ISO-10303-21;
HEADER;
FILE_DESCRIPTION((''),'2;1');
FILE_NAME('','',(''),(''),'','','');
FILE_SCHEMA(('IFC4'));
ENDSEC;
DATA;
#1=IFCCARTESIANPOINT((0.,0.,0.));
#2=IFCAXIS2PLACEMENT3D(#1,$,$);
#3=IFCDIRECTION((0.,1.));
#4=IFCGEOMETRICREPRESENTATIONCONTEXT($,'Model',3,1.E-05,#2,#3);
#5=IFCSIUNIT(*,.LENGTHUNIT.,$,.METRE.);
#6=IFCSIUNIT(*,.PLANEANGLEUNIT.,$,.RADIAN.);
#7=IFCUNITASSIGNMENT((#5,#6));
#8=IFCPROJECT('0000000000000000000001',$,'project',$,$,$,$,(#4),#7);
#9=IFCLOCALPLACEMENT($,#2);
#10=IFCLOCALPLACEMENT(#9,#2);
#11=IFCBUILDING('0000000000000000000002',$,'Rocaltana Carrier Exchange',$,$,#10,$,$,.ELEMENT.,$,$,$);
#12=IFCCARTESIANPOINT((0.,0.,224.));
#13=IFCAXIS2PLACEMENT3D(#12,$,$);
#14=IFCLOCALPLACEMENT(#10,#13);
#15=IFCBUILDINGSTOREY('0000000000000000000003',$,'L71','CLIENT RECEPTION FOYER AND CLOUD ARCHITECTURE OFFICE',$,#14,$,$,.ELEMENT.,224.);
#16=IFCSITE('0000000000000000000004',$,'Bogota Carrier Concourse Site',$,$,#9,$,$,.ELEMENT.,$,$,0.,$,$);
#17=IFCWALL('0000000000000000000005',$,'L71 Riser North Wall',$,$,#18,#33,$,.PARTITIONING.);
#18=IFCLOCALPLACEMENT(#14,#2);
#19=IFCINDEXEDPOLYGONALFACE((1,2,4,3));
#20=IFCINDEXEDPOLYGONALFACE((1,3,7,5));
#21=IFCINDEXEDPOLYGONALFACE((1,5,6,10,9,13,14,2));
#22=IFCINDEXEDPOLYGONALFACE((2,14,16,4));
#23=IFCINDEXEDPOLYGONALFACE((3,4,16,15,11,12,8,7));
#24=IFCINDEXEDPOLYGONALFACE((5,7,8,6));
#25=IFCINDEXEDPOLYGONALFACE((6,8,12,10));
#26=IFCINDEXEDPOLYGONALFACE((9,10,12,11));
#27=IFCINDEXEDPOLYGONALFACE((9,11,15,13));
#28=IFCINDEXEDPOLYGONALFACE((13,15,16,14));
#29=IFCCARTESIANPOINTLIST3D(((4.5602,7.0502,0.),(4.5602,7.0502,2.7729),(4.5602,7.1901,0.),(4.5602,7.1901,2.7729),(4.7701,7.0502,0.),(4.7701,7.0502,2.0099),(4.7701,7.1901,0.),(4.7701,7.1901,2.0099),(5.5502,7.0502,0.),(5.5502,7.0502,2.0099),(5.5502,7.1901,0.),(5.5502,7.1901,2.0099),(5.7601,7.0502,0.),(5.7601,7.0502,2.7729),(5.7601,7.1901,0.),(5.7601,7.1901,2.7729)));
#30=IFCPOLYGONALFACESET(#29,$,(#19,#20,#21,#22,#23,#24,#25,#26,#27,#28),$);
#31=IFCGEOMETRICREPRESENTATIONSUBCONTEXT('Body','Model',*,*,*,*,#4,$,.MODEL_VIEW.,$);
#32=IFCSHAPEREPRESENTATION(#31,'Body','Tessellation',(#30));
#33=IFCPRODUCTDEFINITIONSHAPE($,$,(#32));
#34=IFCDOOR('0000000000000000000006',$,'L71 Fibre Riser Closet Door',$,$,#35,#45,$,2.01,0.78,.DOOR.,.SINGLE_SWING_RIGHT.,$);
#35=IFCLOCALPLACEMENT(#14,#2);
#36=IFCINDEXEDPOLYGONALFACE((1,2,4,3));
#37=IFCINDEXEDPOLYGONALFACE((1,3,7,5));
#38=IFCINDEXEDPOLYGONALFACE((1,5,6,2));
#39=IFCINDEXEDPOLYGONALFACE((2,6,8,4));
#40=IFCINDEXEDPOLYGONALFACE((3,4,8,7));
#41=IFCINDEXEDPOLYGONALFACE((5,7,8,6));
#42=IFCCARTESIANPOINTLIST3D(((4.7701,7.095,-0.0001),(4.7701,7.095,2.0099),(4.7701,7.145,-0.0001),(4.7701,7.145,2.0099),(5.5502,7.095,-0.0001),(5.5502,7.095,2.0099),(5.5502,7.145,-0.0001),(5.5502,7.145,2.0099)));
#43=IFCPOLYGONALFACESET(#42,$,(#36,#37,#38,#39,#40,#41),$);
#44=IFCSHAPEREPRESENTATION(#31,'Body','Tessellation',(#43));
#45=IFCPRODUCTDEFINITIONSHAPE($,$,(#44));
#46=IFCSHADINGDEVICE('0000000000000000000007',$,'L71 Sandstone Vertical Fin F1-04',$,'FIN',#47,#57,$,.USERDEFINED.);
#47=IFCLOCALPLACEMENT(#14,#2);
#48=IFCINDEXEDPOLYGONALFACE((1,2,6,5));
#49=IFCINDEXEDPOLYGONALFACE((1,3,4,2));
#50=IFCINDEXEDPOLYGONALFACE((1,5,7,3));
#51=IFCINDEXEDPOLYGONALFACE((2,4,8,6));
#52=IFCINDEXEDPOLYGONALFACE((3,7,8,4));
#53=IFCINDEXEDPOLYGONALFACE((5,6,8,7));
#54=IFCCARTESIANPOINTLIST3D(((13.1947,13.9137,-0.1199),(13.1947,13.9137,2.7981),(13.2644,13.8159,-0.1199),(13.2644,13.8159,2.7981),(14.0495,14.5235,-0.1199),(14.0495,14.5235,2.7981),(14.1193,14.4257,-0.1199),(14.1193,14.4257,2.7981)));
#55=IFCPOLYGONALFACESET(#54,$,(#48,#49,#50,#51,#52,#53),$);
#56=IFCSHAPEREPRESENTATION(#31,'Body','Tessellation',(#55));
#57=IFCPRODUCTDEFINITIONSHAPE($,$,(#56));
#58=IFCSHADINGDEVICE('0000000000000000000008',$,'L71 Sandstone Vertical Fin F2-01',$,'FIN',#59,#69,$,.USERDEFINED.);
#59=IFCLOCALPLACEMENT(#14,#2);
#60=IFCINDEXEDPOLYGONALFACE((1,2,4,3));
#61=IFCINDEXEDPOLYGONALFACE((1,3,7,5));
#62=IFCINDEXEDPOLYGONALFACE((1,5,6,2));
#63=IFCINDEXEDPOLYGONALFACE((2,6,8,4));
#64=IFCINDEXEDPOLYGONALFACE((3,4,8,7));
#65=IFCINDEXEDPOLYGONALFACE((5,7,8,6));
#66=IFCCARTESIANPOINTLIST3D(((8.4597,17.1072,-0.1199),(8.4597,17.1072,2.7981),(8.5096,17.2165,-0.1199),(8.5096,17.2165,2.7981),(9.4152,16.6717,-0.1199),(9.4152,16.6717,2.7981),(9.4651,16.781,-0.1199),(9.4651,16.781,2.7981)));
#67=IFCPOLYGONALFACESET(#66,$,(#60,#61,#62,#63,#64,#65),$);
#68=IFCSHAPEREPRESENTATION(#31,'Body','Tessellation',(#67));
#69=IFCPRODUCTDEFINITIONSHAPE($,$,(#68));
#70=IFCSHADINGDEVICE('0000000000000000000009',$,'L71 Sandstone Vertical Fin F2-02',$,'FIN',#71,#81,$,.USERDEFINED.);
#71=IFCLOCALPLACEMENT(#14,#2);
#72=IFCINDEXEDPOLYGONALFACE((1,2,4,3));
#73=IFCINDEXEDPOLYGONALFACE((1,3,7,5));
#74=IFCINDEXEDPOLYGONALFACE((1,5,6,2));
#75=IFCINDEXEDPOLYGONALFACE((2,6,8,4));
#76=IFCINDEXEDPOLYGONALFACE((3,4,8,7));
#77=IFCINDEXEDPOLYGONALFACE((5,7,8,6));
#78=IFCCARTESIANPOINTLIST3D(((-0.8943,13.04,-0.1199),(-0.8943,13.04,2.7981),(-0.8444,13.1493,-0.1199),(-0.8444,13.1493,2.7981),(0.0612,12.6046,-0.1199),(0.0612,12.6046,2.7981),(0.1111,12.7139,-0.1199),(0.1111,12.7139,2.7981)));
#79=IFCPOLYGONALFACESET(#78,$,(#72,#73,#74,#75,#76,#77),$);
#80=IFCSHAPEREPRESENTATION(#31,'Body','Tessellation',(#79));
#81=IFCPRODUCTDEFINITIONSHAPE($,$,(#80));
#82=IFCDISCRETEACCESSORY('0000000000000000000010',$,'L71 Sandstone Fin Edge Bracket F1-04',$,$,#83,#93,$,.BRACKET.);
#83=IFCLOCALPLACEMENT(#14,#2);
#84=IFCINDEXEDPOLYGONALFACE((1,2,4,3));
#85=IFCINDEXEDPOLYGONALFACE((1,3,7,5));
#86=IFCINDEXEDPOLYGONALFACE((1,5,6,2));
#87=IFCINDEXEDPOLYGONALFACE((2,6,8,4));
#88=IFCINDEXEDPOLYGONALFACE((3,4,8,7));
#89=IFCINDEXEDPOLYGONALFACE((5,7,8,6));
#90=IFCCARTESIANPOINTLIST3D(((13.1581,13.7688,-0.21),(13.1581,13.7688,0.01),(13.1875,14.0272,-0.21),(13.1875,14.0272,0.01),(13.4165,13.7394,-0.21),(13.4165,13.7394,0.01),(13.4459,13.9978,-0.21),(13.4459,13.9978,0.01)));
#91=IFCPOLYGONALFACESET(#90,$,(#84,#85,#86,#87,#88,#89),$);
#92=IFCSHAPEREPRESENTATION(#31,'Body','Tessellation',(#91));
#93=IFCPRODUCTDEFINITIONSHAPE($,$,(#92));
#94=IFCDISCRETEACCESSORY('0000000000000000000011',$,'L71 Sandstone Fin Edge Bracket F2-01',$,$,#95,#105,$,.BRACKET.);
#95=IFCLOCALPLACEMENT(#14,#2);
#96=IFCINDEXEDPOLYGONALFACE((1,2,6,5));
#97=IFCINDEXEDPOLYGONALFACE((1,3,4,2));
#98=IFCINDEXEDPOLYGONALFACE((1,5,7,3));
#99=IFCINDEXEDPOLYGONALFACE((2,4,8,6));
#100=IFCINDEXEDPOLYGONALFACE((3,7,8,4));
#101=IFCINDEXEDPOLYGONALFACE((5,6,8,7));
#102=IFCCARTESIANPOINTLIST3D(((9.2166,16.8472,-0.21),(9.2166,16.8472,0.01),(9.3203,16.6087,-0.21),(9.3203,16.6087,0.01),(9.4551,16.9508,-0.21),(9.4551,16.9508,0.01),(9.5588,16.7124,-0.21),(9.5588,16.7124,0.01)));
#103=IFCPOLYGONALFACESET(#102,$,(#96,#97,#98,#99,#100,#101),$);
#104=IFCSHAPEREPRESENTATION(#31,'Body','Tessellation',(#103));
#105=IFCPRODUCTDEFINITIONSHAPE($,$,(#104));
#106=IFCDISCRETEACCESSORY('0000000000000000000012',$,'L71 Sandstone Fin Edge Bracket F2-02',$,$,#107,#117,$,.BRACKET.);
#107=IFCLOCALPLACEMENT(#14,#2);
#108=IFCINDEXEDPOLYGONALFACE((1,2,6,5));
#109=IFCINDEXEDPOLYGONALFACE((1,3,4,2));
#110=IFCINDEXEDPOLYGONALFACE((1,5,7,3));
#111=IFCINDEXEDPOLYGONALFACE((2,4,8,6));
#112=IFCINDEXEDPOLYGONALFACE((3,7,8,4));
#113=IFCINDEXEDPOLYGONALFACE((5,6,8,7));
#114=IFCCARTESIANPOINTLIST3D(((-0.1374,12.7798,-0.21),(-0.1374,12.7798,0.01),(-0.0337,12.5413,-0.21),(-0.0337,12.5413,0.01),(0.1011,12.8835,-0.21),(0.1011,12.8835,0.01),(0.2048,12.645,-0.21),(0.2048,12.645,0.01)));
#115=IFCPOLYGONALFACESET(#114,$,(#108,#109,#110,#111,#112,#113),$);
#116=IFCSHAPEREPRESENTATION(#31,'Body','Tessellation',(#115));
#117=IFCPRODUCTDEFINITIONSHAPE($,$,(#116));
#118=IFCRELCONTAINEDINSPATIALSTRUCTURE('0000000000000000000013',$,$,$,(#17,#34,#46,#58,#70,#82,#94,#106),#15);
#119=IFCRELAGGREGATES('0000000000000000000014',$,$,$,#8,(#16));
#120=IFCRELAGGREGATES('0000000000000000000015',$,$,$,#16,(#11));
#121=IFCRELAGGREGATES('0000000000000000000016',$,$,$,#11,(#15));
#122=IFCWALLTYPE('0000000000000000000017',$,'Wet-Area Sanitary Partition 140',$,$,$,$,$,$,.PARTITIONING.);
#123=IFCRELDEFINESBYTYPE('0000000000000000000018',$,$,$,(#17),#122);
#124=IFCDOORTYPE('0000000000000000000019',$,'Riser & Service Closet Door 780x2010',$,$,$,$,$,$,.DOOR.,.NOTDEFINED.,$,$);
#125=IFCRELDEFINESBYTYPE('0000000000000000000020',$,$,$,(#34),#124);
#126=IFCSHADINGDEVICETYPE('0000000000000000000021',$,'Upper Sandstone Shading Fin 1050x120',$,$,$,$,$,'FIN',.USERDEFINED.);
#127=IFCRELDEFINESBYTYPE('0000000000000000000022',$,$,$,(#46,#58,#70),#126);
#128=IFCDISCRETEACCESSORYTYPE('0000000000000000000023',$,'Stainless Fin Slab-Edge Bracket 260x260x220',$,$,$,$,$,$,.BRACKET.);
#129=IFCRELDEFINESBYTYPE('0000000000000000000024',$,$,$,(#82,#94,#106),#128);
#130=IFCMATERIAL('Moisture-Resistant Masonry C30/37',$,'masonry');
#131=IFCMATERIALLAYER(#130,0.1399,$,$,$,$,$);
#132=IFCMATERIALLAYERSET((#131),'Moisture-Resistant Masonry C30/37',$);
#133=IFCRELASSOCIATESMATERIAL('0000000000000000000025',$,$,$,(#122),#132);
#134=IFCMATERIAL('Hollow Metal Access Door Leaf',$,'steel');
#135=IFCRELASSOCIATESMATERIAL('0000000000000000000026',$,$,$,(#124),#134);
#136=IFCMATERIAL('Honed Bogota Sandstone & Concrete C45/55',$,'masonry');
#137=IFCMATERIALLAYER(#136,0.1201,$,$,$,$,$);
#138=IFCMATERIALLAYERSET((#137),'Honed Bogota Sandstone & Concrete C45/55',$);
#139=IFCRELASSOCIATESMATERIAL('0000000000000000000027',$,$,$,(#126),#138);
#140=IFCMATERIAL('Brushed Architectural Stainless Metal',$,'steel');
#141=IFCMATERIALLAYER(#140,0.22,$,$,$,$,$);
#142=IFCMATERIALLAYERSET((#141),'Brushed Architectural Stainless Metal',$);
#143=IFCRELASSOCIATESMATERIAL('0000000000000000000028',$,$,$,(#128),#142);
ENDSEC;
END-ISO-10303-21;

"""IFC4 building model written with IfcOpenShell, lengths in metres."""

from ifc_helpers import new_model, si_unit, direction, frame, frame_2d, origin, origin_2d, place, context, subcontext, project, spatial, rectangle, extrude, material, layer, layer_set, type_object, element, fill, save


model = new_model("IFC4")

# Units and contexts
model_context = context("Model", 3, precision=1e-05, world=origin(), true_north=direction((0.0, 1.0)))
body_context = subcontext(model_context, "Body", "Model", "MODEL_VIEW")
ifc_project = project(units=[si_unit("LENGTHUNIT", "METRE"), si_unit("PLANEANGLEUNIT", "RADIAN")], contexts=[model_context])

# Site, building, storey
site_placement = place(None, origin())
site = spatial("IfcSite", under=ifc_project, at=site_placement, Name="Bogota Carrier Concourse Site", CompositionType="ELEMENT", RefElevation=0.0)
building_placement = place(site_placement, origin())
building = spatial("IfcBuilding", under=site, at=building_placement, Name="Rocaltana Carrier Exchange", CompositionType="ELEMENT")
storey_placement = place(building_placement, frame((0.0, 0.0, 224.0)))
storey = spatial("IfcBuildingStorey", under=building, at=storey_placement, Name="L71", Description="CLIENT RECEPTION FOYER AND CLOUD ARCHITECTURE OFFICE", CompositionType="ELEMENT", Elevation=224.0)

# Wall, opening, door
ifc_material_1 = material(Name="Moisture-Resistant Masonry C30/37", Category="masonry")
ifc_layer_1 = layer(ifc_material_1, 0.1399)
ifc_layer_set_1 = layer_set([ifc_layer_1], Name="Moisture-Resistant Masonry C30/37")
wall_type_1 = type_object("IfcWallType", Name="Wet-Area Sanitary Partition 140", PredefinedType="PARTITIONING", material=ifc_layer_set_1)
wall_1_placement = place(storey_placement, frame((4.5601, 7.1201, 0.0), z_axis=(0.0, 0.0, 1.0), x_axis=(1.0, 0.0, 0.0)))
wall_1 = element("IfcWall", 1, at=wall_1_placement, inside=storey, type_object=wall_type_1, Name="L71 Riser North Wall", PredefinedType="PARTITIONING", context=body_context, shape_type="SweptSolid", body=[
    extrude(rectangle(XDim=1.2, YDim=0.1399, at=frame_2d((0.6001, 0.0))), origin(), (0.0, 0.0, 1.0), 2.7729),
])
opening_1_placement = place(wall_1_placement, frame((0.21, 0.0, 0.0)))
opening_1 = element("IfcOpeningElement", 2, at=opening_1_placement, cuts=wall_1, PredefinedType="OPENING", context=body_context, shape_type="SweptSolid", body=[
    extrude(rectangle(XDim=0.78, YDim=2.01, at=frame_2d((0.3901, 1.0049))), frame((0.0, 0.0798, 0.0), z_axis=(0.0, -1.0, 0.0), x_axis=(1.0, 0.0, 0.0)), (0.0, 0.0, 1.0), 0.1599),
])
ifc_material_2 = material(Name="Hollow Metal Access Door Leaf", Category="steel")
door_type_1 = type_object("IfcDoorType", Name="Riser & Service Closet Door 780x2010", OperationType="NOTDEFINED", PredefinedType="DOOR", material=ifc_material_2)
door_1_placement = place(opening_1_placement, origin())
door_1 = element("IfcDoor", 3, at=door_1_placement, inside=storey, type_object=door_type_1, Name="L71 Fibre Riser Closet Door", OperationType="SINGLE_SWING_RIGHT", OverallHeight=2.01, OverallWidth=0.78, PredefinedType="DOOR", context=body_context, shape_type="SweptSolid", body=[
    extrude(rectangle(XDim=0.78, YDim=2.01, at=frame_2d((0.3901, 1.0049))), frame((0.0, 0.0249, 0.0), z_axis=(0.0, -1.0, 0.0), x_axis=(1.0, 0.0, 0.0)), (0.0, 0.0, 1.0), 0.05),
])
fill(opening_1, door_1)

# Shading devices
ifc_material_3 = material(Name="Honed Bogota Sandstone & Concrete C45/55", Category="masonry")
ifc_layer_2 = layer(ifc_material_3, 0.1201)
ifc_layer_set_2 = layer_set([ifc_layer_2], Name="Honed Bogota Sandstone & Concrete C45/55")
shading_device_type = type_object("IfcShadingDeviceType", Name="Upper Sandstone Shading Fin 1050x120", ElementType="FIN", PredefinedType="USERDEFINED", material=ifc_layer_set_2)
for number, where, z_axis, x_axis, name in (
    (4, (13.657, 14.1697, -0.1199), (0.0, 0.0, 1.0), (0.814116, 0.580703, 0.0), "L71 Sandstone Vertical Fin F1-04"),
    (5, (8.9624, 16.9441, -0.1199), (0.0, 0.0, 1.0), (-0.909961, 0.414693, 0.0), "L71 Sandstone Vertical Fin F2-01"),
    (6, (-0.3916, 12.877, -0.1199), (0.0, 0.0, 1.0), (-0.909961, 0.414693, 0.0), "L71 Sandstone Vertical Fin F2-02"),
):
    element("IfcShadingDevice", number, at=place(storey_placement, frame(where, z_axis=z_axis, x_axis=x_axis)), inside=storey, type_object=shading_device_type, Name=name, ObjectType="FIN", PredefinedType="USERDEFINED", context=body_context, shape_type="SweptSolid", body=[
        extrude(rectangle(XDim=1.05, YDim=0.1201, at=origin_2d()), origin(), (0.0, 0.0, 1.0), 2.918),
    ])

# Discrete accessories
ifc_material_4 = material(Name="Brushed Architectural Stainless Metal", Category="steel")
ifc_layer_3 = layer(ifc_material_4, 0.22)
ifc_layer_set_3 = layer_set([ifc_layer_3], Name="Brushed Architectural Stainless Metal")
discrete_accessory_type = type_object("IfcDiscreteAccessoryType", Name="Stainless Fin Slab-Edge Bracket 260x260x220", PredefinedType="BRACKET", material=ifc_layer_set_3)
for number, where, z_axis, x_axis, name in (
    (7, (13.302, 13.8833, -0.21), (0.0, 0.0, 1.0), (0.113203, 0.993572, 0.0), "L71 Sandstone Fin Edge Bracket F1-04"),
    (8, (9.3877, 16.7798, -0.21), (0.0, 0.0, 1.0), (-0.91706, -0.398749, 0.0), "L71 Sandstone Fin Edge Bracket F2-01"),
    (9, (0.0337, 12.7124, -0.21), (0.0, 0.0, 1.0), (-0.91706, -0.398749, 0.0), "L71 Sandstone Fin Edge Bracket F2-02"),
):
    element("IfcDiscreteAccessory", number, at=place(storey_placement, frame(where, z_axis=z_axis, x_axis=x_axis)), inside=storey, type_object=discrete_accessory_type, Name=name, PredefinedType="BRACKET", context=body_context, shape_type="SweptSolid", body=[
        extrude(rectangle(XDim=0.26, YDim=0.26, at=origin_2d()), origin(), (0.0, 0.0, 1.0), 0.22),
    ])

save(model, "model.ifc")
